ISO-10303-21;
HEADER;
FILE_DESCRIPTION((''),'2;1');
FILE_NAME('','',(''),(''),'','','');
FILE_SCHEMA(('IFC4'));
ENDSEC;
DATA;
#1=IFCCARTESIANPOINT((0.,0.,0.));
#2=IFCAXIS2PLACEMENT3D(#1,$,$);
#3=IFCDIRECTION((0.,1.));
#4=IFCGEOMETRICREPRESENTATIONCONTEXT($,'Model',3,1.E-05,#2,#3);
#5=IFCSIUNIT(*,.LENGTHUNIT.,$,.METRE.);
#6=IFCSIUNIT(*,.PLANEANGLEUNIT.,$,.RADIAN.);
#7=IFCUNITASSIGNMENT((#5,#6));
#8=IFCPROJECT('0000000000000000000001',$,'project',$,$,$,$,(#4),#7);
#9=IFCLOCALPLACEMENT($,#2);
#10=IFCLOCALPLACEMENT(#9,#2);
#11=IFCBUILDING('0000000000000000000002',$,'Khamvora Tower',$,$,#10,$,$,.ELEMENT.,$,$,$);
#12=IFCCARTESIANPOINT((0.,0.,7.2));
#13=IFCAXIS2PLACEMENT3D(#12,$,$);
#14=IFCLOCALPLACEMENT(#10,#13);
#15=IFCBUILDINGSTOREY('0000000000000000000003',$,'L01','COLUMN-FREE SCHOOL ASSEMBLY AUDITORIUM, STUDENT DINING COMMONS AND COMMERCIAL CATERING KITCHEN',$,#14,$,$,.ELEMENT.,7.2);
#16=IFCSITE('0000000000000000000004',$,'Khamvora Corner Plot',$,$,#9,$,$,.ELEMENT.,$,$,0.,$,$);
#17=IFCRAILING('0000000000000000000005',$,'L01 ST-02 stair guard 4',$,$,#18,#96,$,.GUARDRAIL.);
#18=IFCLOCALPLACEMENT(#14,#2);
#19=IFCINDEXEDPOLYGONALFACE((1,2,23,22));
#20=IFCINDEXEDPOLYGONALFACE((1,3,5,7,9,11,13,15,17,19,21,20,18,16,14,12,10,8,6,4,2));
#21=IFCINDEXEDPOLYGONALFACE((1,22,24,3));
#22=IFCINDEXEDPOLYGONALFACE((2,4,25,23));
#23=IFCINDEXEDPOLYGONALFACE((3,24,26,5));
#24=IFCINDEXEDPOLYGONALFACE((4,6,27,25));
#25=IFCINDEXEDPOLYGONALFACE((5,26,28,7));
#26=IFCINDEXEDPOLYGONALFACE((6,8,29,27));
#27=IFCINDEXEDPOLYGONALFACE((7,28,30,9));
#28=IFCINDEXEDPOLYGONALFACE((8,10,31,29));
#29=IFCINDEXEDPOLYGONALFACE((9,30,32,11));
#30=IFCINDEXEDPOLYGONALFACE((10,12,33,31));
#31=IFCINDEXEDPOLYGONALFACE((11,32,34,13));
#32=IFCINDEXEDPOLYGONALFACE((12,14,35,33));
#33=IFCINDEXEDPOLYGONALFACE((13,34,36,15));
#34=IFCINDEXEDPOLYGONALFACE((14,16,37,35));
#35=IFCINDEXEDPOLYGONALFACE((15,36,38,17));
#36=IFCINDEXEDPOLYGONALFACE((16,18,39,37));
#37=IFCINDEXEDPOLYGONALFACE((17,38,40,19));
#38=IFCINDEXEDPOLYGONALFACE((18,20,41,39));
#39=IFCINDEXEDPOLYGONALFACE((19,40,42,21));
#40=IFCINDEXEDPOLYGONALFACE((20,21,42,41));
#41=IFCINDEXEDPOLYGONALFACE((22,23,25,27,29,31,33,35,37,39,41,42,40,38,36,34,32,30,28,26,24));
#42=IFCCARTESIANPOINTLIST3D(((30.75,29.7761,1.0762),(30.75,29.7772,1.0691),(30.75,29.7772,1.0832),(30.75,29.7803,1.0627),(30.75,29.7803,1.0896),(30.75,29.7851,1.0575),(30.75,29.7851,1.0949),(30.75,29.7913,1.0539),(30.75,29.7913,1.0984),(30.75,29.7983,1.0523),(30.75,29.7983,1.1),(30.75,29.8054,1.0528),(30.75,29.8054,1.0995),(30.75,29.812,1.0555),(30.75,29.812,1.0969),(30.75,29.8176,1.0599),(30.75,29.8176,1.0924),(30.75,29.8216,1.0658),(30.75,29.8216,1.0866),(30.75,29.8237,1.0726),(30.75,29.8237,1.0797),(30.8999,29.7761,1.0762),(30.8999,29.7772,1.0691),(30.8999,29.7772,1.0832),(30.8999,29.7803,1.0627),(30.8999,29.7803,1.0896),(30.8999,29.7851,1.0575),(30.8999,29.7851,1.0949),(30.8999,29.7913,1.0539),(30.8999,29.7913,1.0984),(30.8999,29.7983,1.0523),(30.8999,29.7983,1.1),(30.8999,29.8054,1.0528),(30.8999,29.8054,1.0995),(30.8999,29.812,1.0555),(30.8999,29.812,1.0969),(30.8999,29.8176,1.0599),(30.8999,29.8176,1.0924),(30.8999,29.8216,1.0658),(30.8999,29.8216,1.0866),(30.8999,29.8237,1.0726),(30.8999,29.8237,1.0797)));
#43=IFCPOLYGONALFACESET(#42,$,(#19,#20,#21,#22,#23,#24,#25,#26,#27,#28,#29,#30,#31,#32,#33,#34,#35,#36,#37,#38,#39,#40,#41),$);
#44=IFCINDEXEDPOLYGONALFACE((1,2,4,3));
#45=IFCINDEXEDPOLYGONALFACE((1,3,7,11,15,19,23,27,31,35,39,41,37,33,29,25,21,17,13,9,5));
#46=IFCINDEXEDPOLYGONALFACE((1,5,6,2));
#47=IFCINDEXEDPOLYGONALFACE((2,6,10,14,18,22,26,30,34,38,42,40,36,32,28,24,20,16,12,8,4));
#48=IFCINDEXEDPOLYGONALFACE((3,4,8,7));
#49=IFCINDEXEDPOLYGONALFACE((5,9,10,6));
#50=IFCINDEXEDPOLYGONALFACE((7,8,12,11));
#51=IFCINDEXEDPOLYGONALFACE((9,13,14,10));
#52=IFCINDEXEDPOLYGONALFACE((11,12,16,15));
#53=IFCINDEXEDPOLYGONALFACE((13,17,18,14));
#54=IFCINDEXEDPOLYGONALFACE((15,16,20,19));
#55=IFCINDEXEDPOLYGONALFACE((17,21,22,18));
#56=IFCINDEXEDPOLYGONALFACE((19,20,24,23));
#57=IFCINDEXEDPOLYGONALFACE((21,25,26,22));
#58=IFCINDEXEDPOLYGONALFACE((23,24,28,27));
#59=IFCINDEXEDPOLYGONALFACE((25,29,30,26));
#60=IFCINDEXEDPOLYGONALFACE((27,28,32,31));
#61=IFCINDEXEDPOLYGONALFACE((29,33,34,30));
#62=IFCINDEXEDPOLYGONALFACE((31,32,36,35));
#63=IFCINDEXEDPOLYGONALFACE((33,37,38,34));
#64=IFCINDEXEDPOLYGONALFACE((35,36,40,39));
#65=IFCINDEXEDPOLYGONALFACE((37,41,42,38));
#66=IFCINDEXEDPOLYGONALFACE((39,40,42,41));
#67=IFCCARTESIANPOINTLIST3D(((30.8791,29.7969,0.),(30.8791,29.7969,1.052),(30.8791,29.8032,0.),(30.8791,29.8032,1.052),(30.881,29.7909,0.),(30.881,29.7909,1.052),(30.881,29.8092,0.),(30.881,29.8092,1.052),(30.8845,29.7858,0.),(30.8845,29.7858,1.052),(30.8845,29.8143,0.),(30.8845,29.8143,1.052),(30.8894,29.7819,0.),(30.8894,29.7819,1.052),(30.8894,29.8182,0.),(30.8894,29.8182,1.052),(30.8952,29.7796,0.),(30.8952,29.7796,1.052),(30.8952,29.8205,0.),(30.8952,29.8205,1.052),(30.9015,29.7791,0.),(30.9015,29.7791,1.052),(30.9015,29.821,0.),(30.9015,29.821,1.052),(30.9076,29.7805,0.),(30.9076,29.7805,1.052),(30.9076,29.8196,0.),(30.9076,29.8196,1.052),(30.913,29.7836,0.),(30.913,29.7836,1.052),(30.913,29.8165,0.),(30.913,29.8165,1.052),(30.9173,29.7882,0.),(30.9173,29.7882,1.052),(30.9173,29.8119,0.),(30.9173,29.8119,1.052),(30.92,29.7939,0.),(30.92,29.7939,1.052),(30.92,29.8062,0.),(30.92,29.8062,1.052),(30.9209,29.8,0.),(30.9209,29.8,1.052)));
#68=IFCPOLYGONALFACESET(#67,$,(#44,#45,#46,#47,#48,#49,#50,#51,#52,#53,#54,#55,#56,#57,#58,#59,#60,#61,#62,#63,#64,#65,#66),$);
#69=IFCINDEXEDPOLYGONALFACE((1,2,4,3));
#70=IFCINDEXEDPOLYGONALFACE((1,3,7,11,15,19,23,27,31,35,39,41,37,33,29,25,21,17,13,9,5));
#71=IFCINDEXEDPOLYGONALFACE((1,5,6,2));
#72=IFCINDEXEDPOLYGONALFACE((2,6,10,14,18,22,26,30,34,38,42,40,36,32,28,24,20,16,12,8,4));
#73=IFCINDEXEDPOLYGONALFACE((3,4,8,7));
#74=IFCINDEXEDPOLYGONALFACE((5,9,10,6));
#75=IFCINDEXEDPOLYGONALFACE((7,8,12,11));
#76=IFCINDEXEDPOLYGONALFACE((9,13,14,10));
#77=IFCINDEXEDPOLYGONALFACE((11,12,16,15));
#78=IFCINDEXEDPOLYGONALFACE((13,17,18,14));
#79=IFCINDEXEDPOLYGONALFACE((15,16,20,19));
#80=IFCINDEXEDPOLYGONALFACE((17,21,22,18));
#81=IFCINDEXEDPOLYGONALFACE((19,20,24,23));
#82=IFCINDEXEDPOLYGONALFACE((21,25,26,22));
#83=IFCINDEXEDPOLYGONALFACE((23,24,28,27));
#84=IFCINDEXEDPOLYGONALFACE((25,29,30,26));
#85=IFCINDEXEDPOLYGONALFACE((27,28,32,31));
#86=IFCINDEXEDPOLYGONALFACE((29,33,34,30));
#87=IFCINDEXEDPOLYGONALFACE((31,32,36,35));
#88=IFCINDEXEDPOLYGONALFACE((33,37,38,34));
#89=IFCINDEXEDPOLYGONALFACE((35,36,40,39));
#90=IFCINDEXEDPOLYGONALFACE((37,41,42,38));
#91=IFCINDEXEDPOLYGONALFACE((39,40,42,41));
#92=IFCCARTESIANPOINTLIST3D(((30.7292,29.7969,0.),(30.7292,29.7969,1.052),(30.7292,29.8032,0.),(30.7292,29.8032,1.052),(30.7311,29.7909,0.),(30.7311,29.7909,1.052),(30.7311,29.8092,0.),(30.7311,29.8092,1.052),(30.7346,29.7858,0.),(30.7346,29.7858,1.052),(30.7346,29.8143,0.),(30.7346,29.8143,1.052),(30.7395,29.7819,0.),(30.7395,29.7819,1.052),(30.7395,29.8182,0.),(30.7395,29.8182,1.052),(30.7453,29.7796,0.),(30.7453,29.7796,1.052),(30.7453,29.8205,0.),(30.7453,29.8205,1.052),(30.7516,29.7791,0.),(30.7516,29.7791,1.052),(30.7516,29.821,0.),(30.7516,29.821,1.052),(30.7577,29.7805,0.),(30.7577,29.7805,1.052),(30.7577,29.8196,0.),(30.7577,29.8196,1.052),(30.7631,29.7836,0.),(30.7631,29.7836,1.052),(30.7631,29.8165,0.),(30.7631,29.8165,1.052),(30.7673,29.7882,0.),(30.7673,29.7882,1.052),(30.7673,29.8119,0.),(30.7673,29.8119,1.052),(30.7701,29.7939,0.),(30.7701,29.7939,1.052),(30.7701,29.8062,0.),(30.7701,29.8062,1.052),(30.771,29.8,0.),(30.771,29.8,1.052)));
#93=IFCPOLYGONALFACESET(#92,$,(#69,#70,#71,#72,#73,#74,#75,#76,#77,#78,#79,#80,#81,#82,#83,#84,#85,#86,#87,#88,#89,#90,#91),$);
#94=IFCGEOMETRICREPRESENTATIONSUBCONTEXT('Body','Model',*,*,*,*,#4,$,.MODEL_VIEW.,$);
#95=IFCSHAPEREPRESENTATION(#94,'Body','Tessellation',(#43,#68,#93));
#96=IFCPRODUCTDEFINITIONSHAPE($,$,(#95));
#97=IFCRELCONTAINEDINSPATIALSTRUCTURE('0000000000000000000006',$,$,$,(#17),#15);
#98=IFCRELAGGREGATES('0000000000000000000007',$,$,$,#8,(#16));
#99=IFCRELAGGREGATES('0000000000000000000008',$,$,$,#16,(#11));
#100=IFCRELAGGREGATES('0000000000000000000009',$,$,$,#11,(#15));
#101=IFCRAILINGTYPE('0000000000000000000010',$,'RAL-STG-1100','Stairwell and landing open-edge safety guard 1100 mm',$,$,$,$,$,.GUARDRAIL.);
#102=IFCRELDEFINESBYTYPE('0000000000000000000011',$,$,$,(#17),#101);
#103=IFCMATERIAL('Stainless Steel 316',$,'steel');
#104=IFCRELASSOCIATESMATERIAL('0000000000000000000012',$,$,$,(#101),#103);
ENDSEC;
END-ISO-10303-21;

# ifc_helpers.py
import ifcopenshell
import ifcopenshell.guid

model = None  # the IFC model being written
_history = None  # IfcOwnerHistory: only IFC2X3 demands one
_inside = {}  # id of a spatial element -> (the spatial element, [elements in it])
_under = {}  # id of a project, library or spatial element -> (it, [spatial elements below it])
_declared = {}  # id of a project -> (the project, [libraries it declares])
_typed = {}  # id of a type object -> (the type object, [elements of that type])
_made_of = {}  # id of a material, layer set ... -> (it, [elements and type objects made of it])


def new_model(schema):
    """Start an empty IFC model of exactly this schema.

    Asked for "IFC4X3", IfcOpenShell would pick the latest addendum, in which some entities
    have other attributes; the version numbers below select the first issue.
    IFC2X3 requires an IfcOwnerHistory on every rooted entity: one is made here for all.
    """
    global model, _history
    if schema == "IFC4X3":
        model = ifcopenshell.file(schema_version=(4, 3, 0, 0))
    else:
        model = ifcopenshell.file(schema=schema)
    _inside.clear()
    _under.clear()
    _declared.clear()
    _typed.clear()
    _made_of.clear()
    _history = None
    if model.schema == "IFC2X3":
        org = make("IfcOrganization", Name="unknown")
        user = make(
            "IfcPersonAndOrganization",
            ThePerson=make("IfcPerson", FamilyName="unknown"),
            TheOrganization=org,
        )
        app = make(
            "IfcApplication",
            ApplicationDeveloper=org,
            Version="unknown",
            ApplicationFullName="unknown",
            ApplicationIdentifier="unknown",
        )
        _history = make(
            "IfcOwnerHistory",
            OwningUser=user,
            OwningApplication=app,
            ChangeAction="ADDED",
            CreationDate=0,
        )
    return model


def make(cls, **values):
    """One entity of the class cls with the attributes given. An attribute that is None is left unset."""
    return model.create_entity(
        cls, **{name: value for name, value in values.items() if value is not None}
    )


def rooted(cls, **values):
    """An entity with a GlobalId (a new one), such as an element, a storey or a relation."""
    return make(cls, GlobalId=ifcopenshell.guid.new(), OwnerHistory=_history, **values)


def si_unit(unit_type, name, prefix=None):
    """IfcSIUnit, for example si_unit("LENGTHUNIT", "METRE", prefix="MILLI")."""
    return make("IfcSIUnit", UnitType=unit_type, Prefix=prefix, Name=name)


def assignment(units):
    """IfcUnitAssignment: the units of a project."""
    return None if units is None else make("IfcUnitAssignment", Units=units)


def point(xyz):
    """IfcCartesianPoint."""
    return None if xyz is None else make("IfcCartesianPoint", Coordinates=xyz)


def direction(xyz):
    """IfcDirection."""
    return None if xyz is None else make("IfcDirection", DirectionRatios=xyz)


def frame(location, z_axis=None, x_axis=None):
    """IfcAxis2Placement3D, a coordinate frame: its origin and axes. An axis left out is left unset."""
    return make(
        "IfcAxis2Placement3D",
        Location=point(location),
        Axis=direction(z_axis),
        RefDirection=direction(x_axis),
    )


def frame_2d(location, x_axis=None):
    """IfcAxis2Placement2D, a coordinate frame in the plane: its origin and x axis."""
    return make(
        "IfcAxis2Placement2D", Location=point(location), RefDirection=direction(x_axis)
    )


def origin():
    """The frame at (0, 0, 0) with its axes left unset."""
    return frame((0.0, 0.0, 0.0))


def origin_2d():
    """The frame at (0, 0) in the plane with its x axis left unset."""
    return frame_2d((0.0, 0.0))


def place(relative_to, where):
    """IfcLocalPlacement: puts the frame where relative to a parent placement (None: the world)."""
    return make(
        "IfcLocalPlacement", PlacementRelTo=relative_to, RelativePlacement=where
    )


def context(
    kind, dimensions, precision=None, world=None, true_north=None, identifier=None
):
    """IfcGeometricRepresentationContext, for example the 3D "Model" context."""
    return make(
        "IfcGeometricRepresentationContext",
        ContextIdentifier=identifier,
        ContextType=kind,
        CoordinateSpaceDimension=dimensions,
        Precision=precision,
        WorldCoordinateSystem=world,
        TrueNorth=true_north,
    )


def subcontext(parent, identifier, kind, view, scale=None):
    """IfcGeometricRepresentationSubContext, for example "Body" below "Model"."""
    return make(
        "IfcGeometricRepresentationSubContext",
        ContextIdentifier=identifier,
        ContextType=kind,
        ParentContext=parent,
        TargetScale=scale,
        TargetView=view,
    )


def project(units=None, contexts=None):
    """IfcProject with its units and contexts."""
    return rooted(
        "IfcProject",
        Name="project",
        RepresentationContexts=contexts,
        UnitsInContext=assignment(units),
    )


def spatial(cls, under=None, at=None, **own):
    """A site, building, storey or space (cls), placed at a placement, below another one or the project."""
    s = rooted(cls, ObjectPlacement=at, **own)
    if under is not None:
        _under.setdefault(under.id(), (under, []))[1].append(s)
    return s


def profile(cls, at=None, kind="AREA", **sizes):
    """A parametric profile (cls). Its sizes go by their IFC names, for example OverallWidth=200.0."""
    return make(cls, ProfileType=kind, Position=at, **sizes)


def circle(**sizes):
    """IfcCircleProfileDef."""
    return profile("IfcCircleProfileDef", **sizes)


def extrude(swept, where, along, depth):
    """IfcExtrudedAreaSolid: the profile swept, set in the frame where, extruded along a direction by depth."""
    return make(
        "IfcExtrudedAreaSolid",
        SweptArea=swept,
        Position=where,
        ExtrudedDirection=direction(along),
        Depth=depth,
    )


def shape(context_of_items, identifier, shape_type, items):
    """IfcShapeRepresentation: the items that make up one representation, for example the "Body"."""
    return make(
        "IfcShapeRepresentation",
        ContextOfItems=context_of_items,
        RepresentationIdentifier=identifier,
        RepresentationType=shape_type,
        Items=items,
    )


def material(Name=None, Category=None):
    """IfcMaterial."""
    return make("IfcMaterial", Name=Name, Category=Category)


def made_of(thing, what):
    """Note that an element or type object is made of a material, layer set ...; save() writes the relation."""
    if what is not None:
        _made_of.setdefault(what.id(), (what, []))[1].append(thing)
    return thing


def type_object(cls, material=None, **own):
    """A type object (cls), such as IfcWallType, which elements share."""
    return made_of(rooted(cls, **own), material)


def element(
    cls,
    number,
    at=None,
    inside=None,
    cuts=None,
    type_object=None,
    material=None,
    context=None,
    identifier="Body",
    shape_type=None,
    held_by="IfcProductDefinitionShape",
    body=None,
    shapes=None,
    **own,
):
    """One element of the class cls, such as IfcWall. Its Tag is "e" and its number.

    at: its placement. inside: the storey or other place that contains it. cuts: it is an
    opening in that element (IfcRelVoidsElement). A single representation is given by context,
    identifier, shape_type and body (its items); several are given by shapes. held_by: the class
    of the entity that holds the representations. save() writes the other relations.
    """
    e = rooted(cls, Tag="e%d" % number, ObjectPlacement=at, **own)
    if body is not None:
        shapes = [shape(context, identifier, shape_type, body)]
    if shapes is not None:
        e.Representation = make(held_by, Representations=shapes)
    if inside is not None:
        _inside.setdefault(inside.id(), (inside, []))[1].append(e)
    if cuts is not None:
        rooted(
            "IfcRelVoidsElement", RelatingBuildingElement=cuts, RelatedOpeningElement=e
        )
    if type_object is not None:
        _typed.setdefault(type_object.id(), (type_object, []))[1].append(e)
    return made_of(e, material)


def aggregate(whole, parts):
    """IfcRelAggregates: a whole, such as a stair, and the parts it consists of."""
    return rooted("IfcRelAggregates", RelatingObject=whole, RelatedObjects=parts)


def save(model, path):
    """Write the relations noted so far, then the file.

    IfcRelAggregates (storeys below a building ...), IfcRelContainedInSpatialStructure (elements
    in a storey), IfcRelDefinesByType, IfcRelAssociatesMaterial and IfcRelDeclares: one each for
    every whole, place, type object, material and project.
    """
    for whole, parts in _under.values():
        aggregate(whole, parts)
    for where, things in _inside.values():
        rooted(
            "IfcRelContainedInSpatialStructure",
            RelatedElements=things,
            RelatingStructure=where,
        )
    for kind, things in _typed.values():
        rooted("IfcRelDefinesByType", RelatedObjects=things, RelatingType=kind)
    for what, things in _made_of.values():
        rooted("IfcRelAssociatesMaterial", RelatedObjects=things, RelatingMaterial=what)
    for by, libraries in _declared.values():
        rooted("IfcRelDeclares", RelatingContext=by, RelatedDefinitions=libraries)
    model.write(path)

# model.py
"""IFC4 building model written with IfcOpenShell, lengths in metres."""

from ifc_helpers import new_model, si_unit, direction, frame, origin, origin_2d, place, context, subcontext, project, spatial, circle, extrude, material, type_object, element, save


model = new_model("IFC4")

# Units and contexts
model_context = context("Model", 3, precision=1e-05, world=origin(), true_north=direction((0.0, 1.0)))
body_context = subcontext(model_context, "Body", "Model", "MODEL_VIEW")
ifc_project = project(units=[si_unit("LENGTHUNIT", "METRE"), si_unit("PLANEANGLEUNIT", "RADIAN")], contexts=[model_context])

# Site, building, storey
site_placement = place(None, origin())
site = spatial("IfcSite", under=ifc_project, at=site_placement, Name="Khamvora Corner Plot", CompositionType="ELEMENT", RefElevation=0.0)
building_placement = place(site_placement, origin())
building = spatial("IfcBuilding", under=site, at=building_placement, Name="Khamvora Tower", CompositionType="ELEMENT")
storey_placement = place(building_placement, frame((0.0, 0.0, 7.2)))
storey = spatial("IfcBuildingStorey", under=building, at=storey_placement, Name="L01", Description="COLUMN-FREE SCHOOL ASSEMBLY AUDITORIUM, STUDENT DINING COMMONS AND COMMERCIAL CATERING KITCHEN", CompositionType="ELEMENT", Elevation=7.2)

# Railing
ifc_material_1 = material(Name="Stainless Steel 316", Category="steel")
railing_type_1 = type_object("IfcRailingType", Name="RAL-STG-1100", Description="Stairwell and landing open-edge safety guard 1100 mm", PredefinedType="GUARDRAIL", material=ifc_material_1)
railing_1_placement = place(storey_placement, frame((30.8999, 29.8, 0.0)))
element("IfcRailing", 1, at=railing_1_placement, inside=storey, type_object=railing_type_1, Name="L01 ST-02 stair guard 4", PredefinedType="GUARDRAIL", context=body_context, shape_type="SweptSolid", body=[
    extrude(circle(Radius=0.0239, at=origin_2d()), frame((0.0, 0.0, 1.0762), z_axis=(-1.0, 0.0, 0.0), x_axis=(0.0, -1.0, 0.0)), (0.0, 0.0, 1.0), 0.1499),
    extrude(circle(Radius=0.021, at=origin_2d()), origin(), (0.0, 0.0, 1.0), 1.052),
    extrude(circle(Radius=0.021, at=origin_2d()), frame((-0.1499, 0.0, 0.0)), (0.0, 0.0, 1.0), 1.052),
])

save(model, "model.ifc")
